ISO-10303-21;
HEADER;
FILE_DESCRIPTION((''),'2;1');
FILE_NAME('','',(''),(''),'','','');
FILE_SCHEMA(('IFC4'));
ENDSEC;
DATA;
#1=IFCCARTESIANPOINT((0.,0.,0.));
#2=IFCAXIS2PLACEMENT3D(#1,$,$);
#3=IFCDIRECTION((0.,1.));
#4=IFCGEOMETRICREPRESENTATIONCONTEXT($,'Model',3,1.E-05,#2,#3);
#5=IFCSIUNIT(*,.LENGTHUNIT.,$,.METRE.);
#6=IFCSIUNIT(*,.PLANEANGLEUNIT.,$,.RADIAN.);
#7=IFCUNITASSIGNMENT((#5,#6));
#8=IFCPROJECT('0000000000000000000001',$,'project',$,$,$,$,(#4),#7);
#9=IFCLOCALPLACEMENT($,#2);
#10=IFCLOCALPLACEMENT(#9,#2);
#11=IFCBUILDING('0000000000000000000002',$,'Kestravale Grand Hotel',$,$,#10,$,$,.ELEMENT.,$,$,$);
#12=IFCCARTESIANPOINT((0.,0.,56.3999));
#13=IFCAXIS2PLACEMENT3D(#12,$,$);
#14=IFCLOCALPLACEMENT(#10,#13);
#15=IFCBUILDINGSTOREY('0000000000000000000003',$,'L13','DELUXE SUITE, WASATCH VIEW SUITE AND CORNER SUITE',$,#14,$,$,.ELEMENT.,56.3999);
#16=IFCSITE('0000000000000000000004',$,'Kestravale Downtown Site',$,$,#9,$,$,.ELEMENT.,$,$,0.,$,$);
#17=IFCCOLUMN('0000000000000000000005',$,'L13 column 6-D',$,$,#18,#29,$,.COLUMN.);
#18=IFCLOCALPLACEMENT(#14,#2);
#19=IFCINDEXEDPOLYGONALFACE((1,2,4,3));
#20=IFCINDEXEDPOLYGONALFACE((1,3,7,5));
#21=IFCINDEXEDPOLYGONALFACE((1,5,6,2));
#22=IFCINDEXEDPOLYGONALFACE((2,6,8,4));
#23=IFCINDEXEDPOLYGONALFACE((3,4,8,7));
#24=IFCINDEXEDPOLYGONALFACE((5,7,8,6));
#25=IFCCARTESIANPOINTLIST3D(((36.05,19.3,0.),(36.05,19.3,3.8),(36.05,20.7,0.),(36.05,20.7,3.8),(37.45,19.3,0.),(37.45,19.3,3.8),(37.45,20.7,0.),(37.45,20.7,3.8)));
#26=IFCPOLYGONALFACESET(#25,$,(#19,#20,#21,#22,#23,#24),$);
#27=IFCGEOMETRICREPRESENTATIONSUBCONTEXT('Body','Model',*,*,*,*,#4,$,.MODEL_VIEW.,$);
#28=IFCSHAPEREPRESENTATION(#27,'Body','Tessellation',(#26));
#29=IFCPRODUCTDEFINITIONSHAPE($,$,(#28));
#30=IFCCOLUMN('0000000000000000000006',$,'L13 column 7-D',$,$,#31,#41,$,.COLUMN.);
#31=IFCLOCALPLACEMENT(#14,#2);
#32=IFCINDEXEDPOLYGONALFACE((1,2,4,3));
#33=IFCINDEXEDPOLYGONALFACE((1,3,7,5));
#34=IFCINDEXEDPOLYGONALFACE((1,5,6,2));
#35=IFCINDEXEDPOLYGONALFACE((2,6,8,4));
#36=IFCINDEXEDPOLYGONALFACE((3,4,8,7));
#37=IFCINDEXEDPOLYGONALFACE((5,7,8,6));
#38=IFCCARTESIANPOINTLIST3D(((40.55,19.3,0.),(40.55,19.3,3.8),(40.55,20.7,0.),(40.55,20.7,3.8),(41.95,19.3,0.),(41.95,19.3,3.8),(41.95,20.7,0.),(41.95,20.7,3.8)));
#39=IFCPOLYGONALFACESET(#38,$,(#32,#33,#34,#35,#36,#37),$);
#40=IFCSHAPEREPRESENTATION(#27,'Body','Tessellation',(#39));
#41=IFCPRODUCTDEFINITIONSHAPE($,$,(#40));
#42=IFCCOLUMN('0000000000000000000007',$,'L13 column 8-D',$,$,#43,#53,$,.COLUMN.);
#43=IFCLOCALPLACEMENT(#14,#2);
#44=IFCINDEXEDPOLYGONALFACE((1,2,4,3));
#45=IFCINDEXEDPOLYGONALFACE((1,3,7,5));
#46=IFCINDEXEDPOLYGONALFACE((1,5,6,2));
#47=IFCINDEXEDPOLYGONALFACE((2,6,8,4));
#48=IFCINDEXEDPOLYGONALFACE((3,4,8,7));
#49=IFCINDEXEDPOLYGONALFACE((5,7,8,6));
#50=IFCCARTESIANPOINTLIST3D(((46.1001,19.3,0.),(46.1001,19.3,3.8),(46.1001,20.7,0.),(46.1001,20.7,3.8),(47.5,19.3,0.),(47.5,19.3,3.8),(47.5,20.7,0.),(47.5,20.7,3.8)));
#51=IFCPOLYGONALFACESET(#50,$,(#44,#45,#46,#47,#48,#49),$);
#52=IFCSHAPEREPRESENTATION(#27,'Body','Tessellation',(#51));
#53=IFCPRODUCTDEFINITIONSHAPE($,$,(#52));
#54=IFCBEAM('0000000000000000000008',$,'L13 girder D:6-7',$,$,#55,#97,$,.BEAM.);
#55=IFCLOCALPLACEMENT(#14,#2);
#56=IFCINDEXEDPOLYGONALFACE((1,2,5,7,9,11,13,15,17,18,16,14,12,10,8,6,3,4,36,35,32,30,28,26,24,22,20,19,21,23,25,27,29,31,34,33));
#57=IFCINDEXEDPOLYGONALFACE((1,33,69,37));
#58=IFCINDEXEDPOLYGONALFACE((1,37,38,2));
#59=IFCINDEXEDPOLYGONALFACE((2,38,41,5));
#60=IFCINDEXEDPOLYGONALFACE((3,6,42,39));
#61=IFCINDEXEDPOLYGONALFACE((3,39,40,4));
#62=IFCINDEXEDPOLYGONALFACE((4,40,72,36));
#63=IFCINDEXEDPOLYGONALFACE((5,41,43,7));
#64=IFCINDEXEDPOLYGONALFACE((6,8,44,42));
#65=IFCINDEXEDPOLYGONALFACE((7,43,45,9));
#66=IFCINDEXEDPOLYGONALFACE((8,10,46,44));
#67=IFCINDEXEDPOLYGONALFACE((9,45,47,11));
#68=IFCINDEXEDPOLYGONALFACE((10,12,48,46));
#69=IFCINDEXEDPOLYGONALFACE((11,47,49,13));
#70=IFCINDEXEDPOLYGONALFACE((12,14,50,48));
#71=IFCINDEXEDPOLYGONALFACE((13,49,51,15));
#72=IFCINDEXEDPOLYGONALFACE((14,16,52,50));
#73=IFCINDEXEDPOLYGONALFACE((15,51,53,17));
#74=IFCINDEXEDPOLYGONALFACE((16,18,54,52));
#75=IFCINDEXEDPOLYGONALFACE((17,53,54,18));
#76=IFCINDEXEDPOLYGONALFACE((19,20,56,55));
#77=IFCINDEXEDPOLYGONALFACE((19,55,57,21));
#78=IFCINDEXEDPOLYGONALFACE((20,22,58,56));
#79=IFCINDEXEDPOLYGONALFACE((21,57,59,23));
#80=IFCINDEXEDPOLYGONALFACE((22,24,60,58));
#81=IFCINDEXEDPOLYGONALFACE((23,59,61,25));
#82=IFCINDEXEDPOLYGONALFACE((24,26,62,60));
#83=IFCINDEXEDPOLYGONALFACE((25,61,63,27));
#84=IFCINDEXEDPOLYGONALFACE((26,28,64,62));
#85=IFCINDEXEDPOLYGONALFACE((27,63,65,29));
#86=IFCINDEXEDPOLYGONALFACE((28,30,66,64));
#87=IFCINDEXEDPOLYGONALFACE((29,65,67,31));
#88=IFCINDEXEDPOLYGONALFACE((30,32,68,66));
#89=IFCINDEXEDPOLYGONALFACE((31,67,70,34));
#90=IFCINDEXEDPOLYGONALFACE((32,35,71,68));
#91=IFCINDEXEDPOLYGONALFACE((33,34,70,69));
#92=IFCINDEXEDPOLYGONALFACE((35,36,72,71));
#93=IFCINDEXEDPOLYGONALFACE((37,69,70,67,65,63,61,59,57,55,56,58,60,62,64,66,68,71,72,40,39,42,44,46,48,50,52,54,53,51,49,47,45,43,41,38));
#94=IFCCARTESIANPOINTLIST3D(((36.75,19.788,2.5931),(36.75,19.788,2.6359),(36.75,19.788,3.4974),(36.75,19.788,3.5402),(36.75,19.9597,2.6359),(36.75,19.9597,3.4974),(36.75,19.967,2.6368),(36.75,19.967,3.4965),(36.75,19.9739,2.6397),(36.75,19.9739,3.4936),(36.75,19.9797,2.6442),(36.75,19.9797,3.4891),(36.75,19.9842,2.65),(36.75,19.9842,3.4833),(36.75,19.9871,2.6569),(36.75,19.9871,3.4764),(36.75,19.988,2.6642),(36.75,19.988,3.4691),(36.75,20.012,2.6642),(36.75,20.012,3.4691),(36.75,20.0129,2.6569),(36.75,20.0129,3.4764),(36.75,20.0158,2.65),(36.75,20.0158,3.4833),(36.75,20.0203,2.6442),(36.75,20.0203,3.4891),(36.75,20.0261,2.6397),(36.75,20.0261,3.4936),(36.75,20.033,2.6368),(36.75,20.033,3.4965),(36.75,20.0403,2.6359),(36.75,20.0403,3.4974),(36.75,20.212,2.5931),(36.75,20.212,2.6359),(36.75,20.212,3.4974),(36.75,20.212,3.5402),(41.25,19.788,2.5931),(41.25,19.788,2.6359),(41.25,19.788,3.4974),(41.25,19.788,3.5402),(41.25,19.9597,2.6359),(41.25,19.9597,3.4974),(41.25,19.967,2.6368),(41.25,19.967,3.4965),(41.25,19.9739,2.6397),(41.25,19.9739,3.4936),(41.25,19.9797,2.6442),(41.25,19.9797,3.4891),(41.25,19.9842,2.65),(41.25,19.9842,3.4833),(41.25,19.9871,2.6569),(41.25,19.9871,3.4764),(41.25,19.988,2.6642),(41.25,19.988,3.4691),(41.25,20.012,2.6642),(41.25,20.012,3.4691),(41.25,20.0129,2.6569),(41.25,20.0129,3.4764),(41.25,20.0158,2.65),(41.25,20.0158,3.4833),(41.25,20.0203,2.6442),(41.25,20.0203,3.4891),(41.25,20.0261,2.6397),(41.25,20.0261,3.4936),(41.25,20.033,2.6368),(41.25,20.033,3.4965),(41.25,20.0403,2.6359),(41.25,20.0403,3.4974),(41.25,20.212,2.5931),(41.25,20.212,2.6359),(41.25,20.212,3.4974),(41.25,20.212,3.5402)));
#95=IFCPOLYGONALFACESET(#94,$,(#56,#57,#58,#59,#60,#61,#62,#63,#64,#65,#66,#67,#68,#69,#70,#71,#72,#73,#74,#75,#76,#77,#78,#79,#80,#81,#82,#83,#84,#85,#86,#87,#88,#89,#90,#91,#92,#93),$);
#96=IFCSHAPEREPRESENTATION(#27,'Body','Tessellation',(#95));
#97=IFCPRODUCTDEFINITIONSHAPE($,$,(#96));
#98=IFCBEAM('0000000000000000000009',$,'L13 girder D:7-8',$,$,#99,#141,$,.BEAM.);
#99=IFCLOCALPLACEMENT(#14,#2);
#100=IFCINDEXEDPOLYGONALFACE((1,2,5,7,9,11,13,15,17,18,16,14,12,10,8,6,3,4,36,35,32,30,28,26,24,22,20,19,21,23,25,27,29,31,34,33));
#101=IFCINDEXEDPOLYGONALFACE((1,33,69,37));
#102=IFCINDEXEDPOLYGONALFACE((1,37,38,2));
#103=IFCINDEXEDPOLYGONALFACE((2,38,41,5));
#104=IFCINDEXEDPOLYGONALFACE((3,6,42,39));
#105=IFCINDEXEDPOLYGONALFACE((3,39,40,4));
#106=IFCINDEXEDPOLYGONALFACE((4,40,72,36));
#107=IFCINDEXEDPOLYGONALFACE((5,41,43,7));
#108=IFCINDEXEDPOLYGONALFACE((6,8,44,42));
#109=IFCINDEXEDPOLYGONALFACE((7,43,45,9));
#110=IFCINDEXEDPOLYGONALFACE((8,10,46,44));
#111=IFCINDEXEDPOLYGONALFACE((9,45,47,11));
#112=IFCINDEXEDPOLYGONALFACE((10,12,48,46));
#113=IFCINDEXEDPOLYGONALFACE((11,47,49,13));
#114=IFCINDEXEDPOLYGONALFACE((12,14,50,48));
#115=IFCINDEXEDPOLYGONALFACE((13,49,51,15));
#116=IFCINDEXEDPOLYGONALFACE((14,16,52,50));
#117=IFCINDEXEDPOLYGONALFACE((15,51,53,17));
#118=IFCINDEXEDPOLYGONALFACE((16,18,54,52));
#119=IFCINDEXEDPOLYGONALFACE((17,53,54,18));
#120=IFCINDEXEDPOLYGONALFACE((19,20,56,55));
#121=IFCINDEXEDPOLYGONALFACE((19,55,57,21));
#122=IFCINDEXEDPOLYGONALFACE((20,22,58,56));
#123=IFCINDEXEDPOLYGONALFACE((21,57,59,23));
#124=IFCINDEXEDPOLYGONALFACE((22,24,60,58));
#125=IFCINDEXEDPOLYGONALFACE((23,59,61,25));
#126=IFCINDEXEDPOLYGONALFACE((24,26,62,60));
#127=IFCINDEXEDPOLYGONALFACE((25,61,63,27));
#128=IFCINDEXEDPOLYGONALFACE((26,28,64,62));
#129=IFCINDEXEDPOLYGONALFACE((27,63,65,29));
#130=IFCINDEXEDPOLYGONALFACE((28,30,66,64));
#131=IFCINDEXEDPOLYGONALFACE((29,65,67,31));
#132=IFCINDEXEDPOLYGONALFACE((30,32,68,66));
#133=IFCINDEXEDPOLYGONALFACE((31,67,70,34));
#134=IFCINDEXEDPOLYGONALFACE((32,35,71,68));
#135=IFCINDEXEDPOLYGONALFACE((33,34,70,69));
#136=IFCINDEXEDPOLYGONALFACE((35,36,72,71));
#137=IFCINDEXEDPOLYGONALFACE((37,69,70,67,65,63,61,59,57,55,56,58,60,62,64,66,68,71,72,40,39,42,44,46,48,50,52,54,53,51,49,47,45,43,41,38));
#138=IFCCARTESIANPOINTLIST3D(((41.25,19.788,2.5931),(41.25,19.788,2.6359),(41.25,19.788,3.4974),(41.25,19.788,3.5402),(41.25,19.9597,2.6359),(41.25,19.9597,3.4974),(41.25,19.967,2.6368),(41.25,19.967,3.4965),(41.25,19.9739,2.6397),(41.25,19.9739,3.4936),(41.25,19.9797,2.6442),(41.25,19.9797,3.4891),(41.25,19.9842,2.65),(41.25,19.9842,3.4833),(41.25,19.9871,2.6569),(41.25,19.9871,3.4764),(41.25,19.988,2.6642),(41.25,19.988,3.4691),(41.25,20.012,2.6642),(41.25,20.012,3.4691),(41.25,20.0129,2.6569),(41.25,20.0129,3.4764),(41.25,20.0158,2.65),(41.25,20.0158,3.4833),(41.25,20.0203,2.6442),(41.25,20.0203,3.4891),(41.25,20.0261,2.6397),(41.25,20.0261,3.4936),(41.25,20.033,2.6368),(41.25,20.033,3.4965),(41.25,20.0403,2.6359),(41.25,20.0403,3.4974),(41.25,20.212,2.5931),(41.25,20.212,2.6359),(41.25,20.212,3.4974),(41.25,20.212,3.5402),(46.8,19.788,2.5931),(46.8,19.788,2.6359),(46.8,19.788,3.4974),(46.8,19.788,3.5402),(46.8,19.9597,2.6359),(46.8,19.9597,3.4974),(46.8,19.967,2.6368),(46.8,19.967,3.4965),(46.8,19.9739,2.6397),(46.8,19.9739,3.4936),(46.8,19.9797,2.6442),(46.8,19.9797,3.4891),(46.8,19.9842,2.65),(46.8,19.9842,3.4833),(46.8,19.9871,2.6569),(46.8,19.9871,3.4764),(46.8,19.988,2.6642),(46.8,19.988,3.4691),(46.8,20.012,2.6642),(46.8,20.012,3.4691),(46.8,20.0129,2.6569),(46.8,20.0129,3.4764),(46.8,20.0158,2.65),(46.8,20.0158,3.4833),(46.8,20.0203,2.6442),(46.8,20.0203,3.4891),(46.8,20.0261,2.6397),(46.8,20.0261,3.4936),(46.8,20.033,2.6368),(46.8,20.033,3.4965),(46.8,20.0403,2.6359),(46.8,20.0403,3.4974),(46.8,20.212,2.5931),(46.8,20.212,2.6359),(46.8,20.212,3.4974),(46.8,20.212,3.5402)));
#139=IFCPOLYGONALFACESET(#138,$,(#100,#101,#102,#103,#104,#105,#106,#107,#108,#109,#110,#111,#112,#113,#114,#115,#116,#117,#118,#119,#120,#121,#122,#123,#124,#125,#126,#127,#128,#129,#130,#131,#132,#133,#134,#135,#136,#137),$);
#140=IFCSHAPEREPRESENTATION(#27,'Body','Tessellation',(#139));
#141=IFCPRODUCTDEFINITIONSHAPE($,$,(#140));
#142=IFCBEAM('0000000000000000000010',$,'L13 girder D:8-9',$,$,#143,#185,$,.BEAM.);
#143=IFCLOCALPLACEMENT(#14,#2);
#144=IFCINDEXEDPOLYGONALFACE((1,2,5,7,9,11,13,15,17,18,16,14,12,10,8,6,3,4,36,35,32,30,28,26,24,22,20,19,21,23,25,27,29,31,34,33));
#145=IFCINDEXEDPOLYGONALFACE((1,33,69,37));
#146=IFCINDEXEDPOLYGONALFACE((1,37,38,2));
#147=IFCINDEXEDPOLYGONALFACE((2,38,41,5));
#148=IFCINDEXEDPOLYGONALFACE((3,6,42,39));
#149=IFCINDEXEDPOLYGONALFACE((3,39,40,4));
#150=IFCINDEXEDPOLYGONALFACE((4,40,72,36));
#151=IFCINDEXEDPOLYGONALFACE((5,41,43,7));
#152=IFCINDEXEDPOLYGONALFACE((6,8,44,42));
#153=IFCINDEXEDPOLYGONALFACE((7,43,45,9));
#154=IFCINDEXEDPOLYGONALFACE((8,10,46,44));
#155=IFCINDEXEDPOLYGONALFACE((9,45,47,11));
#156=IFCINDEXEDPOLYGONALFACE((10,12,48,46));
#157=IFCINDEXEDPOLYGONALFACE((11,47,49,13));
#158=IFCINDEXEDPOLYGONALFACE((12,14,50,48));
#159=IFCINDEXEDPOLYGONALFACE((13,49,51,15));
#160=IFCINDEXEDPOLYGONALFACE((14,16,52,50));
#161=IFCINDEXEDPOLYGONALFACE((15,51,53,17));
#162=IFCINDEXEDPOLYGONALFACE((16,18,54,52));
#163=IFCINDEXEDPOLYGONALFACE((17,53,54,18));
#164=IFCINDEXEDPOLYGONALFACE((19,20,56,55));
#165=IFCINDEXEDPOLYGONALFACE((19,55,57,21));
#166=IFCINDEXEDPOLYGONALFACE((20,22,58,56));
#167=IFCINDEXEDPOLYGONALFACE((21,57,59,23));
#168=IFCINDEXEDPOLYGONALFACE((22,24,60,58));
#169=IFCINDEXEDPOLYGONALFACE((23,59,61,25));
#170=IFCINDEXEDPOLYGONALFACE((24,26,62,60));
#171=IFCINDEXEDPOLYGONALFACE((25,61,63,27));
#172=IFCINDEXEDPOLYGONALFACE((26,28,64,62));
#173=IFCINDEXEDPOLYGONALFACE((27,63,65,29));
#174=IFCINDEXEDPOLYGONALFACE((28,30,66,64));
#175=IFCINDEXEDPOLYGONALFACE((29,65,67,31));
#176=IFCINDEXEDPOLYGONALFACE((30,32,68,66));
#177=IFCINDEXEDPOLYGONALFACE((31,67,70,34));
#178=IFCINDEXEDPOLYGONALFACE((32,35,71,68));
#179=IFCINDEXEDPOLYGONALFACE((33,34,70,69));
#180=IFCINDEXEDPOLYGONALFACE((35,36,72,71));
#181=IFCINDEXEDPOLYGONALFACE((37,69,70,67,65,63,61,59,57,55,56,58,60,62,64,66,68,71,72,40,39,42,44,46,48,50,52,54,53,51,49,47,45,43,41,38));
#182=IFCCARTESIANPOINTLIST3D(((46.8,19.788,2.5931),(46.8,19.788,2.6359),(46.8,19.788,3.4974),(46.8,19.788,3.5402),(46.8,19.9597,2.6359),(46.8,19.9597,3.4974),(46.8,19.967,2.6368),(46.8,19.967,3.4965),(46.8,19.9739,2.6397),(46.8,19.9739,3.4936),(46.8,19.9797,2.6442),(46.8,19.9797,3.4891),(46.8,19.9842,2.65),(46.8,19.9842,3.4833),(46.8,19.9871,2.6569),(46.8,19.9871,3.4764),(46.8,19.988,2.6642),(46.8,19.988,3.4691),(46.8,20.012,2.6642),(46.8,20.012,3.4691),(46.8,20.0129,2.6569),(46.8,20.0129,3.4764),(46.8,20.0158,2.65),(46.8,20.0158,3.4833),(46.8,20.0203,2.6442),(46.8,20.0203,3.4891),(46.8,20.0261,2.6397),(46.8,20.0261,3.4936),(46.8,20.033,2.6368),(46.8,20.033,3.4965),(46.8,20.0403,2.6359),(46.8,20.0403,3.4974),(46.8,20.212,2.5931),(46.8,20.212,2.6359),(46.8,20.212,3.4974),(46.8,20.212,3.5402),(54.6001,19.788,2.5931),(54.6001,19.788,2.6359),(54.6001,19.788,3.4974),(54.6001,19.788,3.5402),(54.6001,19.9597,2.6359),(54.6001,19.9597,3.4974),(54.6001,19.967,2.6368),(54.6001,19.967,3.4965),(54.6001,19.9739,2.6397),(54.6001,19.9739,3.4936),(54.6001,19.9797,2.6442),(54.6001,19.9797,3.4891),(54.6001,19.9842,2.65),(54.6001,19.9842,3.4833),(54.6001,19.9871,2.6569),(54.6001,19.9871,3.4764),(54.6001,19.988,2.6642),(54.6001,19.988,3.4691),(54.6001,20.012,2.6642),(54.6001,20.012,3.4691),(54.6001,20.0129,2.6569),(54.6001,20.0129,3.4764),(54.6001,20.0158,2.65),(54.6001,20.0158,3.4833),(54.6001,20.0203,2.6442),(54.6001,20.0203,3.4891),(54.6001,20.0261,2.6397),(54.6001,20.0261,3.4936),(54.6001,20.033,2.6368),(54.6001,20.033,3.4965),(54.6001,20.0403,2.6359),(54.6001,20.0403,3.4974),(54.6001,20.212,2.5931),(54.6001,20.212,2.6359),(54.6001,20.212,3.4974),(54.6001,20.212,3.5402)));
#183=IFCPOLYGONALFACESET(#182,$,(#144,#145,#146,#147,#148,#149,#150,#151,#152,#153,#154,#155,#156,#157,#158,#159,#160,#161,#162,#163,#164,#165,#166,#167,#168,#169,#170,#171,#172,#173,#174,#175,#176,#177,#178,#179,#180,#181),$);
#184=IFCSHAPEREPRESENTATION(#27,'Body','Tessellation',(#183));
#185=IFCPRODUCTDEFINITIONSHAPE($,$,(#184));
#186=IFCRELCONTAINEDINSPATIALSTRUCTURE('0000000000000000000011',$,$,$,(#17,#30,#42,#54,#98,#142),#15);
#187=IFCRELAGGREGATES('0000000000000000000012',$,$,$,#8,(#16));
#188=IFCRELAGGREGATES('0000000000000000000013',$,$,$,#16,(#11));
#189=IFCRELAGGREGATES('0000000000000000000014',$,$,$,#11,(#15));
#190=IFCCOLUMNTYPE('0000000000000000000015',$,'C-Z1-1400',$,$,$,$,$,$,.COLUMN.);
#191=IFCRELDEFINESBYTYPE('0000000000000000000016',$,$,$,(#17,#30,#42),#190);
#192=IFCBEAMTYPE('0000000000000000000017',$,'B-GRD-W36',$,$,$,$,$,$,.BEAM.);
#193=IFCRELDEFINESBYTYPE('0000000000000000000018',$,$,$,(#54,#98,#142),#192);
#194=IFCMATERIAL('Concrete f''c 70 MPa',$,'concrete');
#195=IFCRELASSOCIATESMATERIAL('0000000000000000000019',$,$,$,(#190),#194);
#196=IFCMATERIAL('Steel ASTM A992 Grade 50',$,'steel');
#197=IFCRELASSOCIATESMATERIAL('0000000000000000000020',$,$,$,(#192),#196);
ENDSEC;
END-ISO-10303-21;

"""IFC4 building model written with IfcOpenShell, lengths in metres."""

from ifc_helpers import new_model, si_unit, direction, frame, origin, origin_2d, place, context, subcontext, project, spatial, rectangle, i_section, extrude, material, material_profile, profile_set, type_object, element, save


model = new_model("IFC4")

# Units and contexts
model_context = context("Model", 3, precision=1e-05, world=origin(), true_north=direction((0.0, 1.0)))
body_context = subcontext(model_context, "Body", "Model", "MODEL_VIEW")
ifc_project = project(units=[si_unit("LENGTHUNIT", "METRE"), si_unit("PLANEANGLEUNIT", "RADIAN")], contexts=[model_context])

# Site, building, storey
site_placement = place(None, origin())
site = spatial("IfcSite", under=ifc_project, at=site_placement, Name="Kestravale Downtown Site", CompositionType="ELEMENT", RefElevation=0.0)
building_placement = place(site_placement, origin())
building = spatial("IfcBuilding", under=site, at=building_placement, Name="Kestravale Grand Hotel", CompositionType="ELEMENT")
storey_placement = place(building_placement, frame((0.0, 0.0, 56.3999)))
storey = spatial("IfcBuildingStorey", under=building, at=storey_placement, Name="L13", Description="DELUXE SUITE, WASATCH VIEW SUITE AND CORNER SUITE", CompositionType="ELEMENT", Elevation=56.3999)

# Columns
ifc_material_1 = material(Name="Concrete f'c 70 MPa", Category="concrete")
ifc_material_profile_1 = material_profile(ifc_material_1, rectangle(XDim=1.3999, YDim=1.3999, at=origin_2d()))
ifc_profile_set_1 = profile_set([ifc_material_profile_1], Name="Concrete f'c 70 MPa")
column_type = type_object("IfcColumnType", Name="C-Z1-1400", PredefinedType="COLUMN", material=ifc_profile_set_1)
for number, where, z_axis, x_axis, name in (
    (1, (36.75, 20.0, 0.0), (0.0, 0.0, 1.0), (1.0, 0.0, 0.0), "L13 column 6-D"),
    (2, (41.25, 20.0, 0.0), (0.0, 0.0, 1.0), (1.0, 0.0, 0.0), "L13 column 7-D"),
    (3, (46.8, 20.0, 0.0), (0.0, 0.0, 1.0), (1.0, 0.0, 0.0), "L13 column 8-D"),
):
    element("IfcColumn", number, at=place(storey_placement, frame(where, z_axis=z_axis, x_axis=x_axis)), inside=storey, type_object=column_type, Name=name, PredefinedType="COLUMN", context=body_context, shape_type="SweptSolid", body=[
        extrude(rectangle(XDim=1.3999, YDim=1.3999, at=origin_2d()), origin(), (0.0, 0.0, 1.0), 3.8),
    ])

# Beams
ifc_material_2 = material(Name="Steel ASTM A992 Grade 50", Category="steel")
ifc_material_profile_2 = material_profile(ifc_material_2, i_section(OverallWidth=0.4241, OverallDepth=0.947, WebThickness=0.0239, FlangeThickness=0.0427, FilletRadius=0.0283, at=origin_2d()))
ifc_profile_set_2 = profile_set([ifc_material_profile_2], Name="Steel ASTM A992 Grade 50")
beam_type = type_object("IfcBeamType", Name="B-GRD-W36", PredefinedType="BEAM", material=ifc_profile_set_2)
beam_1_placement = place(storey_placement, frame((36.75, 20.0, 3.0667), z_axis=(1.0, 0.0, 0.0), x_axis=(0.0, 1.0, 0.0)))
element("IfcBeam", 4, at=beam_1_placement, inside=storey, type_object=beam_type, Name="L13 girder D:6-7", PredefinedType="BEAM", context=body_context, shape_type="SweptSolid", body=[
    extrude(i_section(OverallWidth=0.4241, OverallDepth=0.947, WebThickness=0.0239, FlangeThickness=0.0427, FilletRadius=0.0283, at=origin_2d()), origin(), (0.0, 0.0, 1.0), 4.5),
])
beam_2_placement = place(storey_placement, frame((41.25, 20.0, 3.0667), z_axis=(1.0, 0.0, 0.0), x_axis=(0.0, 1.0, 0.0)))
element("IfcBeam", 5, at=beam_2_placement, inside=storey, type_object=beam_type, Name="L13 girder D:7-8", PredefinedType="BEAM", context=body_context, shape_type="SweptSolid", body=[
    extrude(i_section(OverallWidth=0.4241, OverallDepth=0.947, WebThickness=0.0239, FlangeThickness=0.0427, FilletRadius=0.0283, at=origin_2d()), origin(), (0.0, 0.0, 1.0), 5.55),
])
beam_3_placement = place(storey_placement, frame((46.8, 20.0, 3.0667), z_axis=(1.0, 0.0, 0.0), x_axis=(0.0, 1.0, 0.0)))
element("IfcBeam", 6, at=beam_3_placement, inside=storey, type_object=beam_type, Name="L13 girder D:8-9", PredefinedType="BEAM", context=body_context, shape_type="SweptSolid", body=[
    extrude(i_section(OverallWidth=0.4241, OverallDepth=0.947, WebThickness=0.0239, FlangeThickness=0.0427, FilletRadius=0.0283, at=origin_2d()), origin(), (0.0, 0.0, 1.0), 7.8),
])

save(model, "model.ifc")
